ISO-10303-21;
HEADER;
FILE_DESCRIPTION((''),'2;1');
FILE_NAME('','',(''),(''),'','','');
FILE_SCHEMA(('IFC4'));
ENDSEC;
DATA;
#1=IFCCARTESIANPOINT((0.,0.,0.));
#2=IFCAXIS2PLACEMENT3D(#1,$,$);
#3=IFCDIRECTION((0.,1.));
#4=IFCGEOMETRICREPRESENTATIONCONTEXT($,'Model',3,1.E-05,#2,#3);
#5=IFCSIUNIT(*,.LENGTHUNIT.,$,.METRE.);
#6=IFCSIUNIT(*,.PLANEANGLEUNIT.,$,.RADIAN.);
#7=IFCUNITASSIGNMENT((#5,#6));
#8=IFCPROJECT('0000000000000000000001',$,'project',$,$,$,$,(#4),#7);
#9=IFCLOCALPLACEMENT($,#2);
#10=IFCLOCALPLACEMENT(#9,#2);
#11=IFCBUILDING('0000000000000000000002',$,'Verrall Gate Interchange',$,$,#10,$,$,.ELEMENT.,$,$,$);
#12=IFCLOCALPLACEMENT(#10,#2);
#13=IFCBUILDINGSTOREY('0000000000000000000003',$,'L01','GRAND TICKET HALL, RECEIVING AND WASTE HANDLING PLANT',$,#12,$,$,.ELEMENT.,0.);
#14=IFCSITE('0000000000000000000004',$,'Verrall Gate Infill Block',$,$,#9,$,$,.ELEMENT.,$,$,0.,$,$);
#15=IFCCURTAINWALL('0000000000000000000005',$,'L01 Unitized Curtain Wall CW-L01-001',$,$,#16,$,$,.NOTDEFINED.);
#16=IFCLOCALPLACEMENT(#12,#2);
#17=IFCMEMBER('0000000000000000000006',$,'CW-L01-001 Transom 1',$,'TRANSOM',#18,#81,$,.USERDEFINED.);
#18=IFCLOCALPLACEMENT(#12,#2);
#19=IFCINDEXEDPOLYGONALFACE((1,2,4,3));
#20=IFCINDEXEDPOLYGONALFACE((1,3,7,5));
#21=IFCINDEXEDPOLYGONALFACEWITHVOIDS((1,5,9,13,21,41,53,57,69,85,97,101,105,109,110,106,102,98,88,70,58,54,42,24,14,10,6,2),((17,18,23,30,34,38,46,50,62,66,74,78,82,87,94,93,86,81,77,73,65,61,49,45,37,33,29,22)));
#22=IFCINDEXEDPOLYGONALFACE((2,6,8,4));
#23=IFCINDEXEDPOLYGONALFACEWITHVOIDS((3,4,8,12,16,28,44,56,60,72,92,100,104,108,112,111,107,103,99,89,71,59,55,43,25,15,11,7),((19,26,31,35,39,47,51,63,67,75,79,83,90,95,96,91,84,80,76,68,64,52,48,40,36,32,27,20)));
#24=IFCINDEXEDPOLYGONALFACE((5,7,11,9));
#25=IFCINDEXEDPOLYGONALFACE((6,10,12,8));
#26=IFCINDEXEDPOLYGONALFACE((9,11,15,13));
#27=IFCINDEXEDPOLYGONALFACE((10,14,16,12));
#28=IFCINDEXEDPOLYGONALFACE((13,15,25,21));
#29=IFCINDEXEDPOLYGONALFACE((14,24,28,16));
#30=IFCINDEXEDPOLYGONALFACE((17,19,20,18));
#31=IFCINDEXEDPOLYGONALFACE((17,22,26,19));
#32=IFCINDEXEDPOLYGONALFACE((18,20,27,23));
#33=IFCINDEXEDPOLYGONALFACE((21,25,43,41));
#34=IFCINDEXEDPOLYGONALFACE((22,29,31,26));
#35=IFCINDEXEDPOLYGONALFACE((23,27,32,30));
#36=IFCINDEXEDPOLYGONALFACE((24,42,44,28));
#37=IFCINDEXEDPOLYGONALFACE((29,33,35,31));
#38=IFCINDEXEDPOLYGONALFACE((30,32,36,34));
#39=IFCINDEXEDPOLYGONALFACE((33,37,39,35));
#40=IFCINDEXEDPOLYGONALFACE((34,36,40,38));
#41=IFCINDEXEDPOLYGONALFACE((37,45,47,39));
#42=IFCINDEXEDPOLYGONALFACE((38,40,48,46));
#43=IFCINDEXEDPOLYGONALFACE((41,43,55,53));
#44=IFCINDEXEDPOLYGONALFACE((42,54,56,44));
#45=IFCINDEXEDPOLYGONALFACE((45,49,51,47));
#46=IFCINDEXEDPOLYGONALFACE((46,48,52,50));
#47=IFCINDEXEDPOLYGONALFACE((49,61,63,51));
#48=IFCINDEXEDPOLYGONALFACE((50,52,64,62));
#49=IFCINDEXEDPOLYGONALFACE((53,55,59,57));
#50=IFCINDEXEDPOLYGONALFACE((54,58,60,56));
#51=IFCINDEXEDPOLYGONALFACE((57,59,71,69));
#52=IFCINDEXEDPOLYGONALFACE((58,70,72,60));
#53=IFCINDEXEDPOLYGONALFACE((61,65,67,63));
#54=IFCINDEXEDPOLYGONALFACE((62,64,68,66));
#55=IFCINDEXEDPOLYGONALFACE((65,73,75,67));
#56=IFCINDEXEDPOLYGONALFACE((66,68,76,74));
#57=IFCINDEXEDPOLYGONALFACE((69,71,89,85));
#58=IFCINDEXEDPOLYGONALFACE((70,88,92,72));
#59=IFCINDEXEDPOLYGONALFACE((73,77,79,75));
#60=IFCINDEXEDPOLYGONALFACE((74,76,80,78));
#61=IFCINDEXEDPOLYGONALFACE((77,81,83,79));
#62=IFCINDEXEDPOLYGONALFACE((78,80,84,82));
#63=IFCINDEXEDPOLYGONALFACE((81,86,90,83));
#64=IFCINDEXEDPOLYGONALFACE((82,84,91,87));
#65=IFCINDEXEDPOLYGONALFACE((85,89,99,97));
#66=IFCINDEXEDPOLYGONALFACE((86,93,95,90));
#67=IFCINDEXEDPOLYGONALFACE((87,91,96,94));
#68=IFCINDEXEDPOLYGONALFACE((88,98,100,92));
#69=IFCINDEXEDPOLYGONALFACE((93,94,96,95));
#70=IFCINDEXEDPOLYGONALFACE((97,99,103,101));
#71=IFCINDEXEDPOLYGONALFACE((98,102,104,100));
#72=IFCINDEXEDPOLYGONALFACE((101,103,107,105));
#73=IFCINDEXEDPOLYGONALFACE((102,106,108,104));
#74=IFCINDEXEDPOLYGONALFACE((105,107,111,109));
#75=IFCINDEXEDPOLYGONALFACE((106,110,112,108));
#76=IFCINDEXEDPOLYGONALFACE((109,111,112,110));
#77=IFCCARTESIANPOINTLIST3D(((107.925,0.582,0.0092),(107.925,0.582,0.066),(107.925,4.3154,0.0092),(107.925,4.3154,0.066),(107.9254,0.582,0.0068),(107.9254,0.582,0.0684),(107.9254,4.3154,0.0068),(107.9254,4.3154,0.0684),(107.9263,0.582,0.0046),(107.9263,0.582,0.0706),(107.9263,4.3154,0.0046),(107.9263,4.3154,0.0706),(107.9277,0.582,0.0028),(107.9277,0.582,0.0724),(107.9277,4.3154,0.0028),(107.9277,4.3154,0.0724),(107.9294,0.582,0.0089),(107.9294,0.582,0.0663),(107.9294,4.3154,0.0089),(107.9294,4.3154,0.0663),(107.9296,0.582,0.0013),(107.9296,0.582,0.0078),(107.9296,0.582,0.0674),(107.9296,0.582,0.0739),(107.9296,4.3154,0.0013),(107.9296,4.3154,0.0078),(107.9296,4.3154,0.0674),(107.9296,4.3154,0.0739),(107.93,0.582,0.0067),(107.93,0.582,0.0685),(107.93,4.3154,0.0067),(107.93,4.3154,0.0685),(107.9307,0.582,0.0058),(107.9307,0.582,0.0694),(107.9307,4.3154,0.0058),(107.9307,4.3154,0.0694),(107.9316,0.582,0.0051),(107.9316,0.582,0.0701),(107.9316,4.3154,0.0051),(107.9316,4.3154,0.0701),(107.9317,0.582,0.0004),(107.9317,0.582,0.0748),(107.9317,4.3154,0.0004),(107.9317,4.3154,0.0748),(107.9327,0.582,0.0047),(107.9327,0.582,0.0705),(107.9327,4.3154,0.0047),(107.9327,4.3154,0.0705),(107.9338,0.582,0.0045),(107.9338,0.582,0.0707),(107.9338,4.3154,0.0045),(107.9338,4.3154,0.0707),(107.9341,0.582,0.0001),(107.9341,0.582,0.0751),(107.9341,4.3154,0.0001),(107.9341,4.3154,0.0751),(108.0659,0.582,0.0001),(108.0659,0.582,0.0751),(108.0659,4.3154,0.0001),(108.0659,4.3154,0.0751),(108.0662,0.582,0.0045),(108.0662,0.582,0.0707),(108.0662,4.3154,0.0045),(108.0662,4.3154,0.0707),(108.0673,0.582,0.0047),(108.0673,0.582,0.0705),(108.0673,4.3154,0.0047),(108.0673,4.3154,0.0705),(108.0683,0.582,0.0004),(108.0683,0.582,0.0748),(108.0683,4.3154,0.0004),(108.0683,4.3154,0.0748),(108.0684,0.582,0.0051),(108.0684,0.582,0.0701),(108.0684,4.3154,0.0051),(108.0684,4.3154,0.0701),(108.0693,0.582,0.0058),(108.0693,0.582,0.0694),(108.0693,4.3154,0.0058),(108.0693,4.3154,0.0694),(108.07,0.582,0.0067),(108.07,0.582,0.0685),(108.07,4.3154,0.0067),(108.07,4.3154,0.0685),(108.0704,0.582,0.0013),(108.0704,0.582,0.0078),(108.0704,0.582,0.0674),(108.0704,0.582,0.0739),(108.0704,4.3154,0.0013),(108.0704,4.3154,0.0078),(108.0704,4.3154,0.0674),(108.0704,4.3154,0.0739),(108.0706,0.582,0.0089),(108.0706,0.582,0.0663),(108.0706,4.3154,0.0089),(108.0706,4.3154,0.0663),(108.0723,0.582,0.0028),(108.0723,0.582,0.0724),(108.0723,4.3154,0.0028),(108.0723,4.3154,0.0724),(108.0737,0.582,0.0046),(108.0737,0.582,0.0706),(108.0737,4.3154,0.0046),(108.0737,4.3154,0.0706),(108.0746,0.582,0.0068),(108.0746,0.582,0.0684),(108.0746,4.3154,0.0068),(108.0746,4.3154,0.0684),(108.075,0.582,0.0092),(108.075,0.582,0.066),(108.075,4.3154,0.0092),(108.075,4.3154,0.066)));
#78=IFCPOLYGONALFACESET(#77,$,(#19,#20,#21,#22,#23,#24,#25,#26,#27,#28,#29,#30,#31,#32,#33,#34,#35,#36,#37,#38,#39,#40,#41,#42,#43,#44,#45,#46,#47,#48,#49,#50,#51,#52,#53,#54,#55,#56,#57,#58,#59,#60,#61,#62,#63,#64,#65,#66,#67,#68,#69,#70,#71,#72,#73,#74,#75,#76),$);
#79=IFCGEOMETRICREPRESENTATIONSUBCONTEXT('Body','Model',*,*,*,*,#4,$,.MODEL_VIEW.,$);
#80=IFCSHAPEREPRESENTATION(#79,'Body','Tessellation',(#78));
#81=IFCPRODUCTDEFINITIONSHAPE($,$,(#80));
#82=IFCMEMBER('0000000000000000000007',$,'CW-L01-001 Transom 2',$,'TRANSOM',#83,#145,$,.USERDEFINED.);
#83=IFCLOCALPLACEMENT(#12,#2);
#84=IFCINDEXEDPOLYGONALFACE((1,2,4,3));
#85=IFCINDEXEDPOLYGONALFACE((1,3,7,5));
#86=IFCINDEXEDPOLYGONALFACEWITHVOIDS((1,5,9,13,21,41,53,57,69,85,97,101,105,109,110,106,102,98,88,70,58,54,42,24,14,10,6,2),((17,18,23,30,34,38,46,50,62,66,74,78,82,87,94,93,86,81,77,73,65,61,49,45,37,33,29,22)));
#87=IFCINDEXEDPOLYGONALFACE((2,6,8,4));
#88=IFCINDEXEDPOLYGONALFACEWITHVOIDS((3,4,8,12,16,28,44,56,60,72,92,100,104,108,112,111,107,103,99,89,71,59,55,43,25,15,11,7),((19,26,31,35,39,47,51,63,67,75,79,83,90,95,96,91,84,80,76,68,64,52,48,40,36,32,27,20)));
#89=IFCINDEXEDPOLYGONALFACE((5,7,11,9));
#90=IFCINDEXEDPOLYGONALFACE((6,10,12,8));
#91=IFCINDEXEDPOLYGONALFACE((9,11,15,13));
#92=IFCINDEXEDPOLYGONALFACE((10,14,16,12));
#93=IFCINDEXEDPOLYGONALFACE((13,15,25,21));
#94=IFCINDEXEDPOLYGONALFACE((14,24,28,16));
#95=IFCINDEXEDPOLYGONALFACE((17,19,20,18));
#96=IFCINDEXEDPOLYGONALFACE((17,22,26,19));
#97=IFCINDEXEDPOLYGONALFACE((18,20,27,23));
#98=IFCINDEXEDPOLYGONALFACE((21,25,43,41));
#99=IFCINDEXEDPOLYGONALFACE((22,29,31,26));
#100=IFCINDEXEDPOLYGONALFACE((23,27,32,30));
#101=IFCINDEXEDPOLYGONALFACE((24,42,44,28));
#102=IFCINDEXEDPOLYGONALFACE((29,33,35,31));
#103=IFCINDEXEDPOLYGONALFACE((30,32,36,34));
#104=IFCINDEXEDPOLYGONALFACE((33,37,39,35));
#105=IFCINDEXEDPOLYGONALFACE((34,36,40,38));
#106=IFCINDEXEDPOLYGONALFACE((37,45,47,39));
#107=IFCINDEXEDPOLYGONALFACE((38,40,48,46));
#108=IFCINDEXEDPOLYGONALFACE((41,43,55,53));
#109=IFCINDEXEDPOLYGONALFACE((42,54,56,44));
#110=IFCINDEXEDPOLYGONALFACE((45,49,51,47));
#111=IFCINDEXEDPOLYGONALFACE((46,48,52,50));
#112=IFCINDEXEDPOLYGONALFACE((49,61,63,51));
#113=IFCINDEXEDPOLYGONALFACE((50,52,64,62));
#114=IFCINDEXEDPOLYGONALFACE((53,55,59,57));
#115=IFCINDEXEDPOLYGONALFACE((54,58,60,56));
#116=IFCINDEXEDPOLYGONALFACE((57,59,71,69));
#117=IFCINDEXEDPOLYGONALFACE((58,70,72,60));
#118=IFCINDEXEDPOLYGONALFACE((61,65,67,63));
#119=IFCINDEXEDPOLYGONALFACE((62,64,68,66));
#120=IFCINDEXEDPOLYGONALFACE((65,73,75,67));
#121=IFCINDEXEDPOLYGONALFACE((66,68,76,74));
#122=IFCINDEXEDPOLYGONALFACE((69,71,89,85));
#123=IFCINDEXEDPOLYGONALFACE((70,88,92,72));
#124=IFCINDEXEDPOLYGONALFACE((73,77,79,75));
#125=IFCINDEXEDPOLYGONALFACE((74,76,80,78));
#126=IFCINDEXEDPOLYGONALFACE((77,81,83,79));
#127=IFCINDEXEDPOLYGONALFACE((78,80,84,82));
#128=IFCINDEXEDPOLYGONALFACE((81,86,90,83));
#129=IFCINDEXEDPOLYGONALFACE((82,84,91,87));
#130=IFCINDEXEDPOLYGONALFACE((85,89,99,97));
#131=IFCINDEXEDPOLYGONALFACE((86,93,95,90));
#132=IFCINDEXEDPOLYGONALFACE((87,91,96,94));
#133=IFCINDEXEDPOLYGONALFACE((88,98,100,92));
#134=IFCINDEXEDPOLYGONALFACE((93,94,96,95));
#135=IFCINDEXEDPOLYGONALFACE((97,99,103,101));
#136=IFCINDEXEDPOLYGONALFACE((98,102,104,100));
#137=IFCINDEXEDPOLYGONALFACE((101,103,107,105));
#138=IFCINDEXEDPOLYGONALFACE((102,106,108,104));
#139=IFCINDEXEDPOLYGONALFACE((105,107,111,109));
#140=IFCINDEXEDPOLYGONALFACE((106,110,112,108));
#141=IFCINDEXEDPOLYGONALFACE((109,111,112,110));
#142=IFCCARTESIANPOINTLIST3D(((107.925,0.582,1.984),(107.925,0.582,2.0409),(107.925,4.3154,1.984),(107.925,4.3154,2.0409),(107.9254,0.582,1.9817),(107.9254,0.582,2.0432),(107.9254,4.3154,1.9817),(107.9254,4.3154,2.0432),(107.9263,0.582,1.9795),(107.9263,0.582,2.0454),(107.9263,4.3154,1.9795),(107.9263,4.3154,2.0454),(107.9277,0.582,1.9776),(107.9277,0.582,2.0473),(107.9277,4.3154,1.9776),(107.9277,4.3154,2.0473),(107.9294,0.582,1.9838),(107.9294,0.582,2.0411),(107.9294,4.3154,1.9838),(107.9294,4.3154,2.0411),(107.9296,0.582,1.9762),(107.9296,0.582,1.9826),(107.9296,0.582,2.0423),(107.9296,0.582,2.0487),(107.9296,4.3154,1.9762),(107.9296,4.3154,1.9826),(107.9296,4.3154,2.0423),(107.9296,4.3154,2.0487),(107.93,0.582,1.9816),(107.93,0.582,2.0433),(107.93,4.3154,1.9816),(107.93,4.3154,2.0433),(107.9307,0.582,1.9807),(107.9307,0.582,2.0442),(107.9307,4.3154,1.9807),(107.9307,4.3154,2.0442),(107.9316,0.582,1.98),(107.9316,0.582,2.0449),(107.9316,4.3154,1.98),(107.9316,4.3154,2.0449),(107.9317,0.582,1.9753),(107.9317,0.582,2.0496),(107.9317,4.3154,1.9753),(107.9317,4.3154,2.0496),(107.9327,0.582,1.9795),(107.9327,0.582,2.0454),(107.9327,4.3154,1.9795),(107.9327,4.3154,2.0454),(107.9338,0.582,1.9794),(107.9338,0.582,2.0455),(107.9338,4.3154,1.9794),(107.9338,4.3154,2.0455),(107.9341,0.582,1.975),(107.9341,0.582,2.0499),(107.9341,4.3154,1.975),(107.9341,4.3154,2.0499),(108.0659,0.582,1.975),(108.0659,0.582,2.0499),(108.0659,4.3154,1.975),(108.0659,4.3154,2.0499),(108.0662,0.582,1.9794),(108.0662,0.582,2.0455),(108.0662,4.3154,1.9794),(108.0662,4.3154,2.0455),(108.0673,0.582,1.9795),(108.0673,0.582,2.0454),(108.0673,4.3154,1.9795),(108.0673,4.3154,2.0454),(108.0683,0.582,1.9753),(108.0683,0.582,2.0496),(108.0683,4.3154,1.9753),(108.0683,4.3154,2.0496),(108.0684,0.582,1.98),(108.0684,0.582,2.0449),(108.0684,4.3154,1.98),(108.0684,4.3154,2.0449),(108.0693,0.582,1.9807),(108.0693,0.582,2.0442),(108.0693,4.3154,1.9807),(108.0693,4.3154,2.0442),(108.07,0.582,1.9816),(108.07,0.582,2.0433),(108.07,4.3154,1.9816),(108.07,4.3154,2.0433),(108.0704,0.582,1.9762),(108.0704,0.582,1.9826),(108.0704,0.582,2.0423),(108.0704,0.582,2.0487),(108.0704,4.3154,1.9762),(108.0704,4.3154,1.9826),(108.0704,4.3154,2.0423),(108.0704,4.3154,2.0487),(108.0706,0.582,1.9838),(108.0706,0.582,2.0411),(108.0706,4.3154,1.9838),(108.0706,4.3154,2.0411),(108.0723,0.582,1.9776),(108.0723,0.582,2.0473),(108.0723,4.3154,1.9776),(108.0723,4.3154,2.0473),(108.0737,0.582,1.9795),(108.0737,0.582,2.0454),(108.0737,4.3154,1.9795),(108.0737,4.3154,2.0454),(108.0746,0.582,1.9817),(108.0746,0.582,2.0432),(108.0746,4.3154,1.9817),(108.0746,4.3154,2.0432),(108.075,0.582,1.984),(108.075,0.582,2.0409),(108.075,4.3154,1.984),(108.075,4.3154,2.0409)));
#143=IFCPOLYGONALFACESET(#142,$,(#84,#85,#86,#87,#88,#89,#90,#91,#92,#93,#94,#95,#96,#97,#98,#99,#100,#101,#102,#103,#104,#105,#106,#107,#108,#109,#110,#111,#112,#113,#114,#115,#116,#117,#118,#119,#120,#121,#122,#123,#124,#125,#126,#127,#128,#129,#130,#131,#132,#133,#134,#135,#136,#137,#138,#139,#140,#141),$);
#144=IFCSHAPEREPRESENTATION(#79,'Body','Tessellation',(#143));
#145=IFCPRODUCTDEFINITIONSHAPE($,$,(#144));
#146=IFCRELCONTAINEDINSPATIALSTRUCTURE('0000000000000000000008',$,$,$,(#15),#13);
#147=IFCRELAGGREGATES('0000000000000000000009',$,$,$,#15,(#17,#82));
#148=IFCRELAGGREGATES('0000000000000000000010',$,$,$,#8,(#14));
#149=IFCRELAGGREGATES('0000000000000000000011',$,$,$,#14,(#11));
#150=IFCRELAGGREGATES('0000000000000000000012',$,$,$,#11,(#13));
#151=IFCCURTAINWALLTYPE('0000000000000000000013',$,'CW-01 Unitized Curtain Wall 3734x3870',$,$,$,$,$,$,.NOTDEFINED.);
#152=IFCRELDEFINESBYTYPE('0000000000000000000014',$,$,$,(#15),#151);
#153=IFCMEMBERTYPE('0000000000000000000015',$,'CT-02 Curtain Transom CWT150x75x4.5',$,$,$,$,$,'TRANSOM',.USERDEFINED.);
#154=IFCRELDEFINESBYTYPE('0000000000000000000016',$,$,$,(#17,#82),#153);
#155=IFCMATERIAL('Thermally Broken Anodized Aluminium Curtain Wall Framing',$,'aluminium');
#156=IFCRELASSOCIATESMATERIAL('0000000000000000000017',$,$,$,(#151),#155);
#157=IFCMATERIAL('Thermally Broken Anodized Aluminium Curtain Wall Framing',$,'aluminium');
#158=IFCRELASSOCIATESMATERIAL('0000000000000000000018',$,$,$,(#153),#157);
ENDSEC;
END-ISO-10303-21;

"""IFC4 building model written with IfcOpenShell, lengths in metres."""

from ifc_helpers import new_model, si_unit, direction, frame, origin, origin_2d, place, context, subcontext, project, spatial, hollow_rectangle, extrude, material, material_profile, profile_set, type_object, element, aggregate, save


model = new_model("IFC4")

# Units and contexts
model_context = context("Model", 3, precision=1e-05, world=origin(), true_north=direction((0.0, 1.0)))
body_context = subcontext(model_context, "Body", "Model", "MODEL_VIEW")
ifc_project = project(units=[si_unit("LENGTHUNIT", "METRE"), si_unit("PLANEANGLEUNIT", "RADIAN")], contexts=[model_context])

# Site, building, storey
site_placement = place(None, origin())
site = spatial("IfcSite", under=ifc_project, at=site_placement, Name="Verrall Gate Infill Block", CompositionType="ELEMENT", RefElevation=0.0)
building_placement = place(site_placement, origin())
building = spatial("IfcBuilding", under=site, at=building_placement, Name="Verrall Gate Interchange", CompositionType="ELEMENT")
storey_placement = place(building_placement, origin())
storey = spatial("IfcBuildingStorey", under=building, at=storey_placement, Name="L01", Description="GRAND TICKET HALL, RECEIVING AND WASTE HANDLING PLANT", CompositionType="ELEMENT", Elevation=0.0)

# Curtain wall
ifc_material_1 = material(Name="Thermally Broken Anodized Aluminium Curtain Wall Framing", Category="aluminium")
curtain_wall_type_1 = type_object("IfcCurtainWallType", Name="CW-01 Unitized Curtain Wall 3734x3870", PredefinedType="NOTDEFINED", material=ifc_material_1)
curtain_wall_1_placement = place(storey_placement, origin())
curtain_wall_1 = element("IfcCurtainWall", 1, at=curtain_wall_1_placement, inside=storey, type_object=curtain_wall_type_1, Name="L01 Unitized Curtain Wall CW-L01-001", PredefinedType="NOTDEFINED")

# Members
ifc_material_2 = material(Name="Thermally Broken Anodized Aluminium Curtain Wall Framing", Category="aluminium")
ifc_material_profile_1 = material_profile(ifc_material_2, hollow_rectangle(XDim=0.1499, YDim=0.075, WallThickness=0.0044, InnerFilletRadius=0.0044, OuterFilletRadius=0.009, at=origin_2d()), Name="CWT150x75x4.5")
ifc_profile_set_1 = profile_set([ifc_material_profile_1], Name="Thermally Broken Anodized Aluminium Curtain Wall Framing")
member_type_1 = type_object("IfcMemberType", Name="CT-02 Curtain Transom CWT150x75x4.5", ElementType="TRANSOM", PredefinedType="USERDEFINED", material=ifc_profile_set_1)
member_1_placement = place(storey_placement, frame((108.0, 0.582, 0.0376), z_axis=(0.0, 1.0, 0.0), x_axis=(-1.0, 0.0, 0.0)))
member_1 = element("IfcMember", 2, at=member_1_placement, type_object=member_type_1, Name="CW-L01-001 Transom 1", ObjectType="TRANSOM", PredefinedType="USERDEFINED", context=body_context, shape_type="SweptSolid", body=[
    extrude(hollow_rectangle(XDim=0.1499, YDim=0.075, WallThickness=0.0044, InnerFilletRadius=0.0044, OuterFilletRadius=0.009, at=origin_2d()), origin(), (0.0, 0.0, 1.0), 3.7334),
])
member_2_placement = place(storey_placement, frame((108.0, 0.582, 2.0125), z_axis=(0.0, 1.0, 0.0), x_axis=(-1.0, 0.0, 0.0)))
member_2 = element("IfcMember", 3, at=member_2_placement, type_object=member_type_1, Name="CW-L01-001 Transom 2", ObjectType="TRANSOM", PredefinedType="USERDEFINED", context=body_context, shape_type="SweptSolid", body=[
    extrude(hollow_rectangle(XDim=0.1499, YDim=0.075, WallThickness=0.0044, InnerFilletRadius=0.0044, OuterFilletRadius=0.009, at=origin_2d()), origin(), (0.0, 0.0, 1.0), 3.7334),
])

aggregate(curtain_wall_1, [member_1, member_2])

save(model, "model.ifc")
